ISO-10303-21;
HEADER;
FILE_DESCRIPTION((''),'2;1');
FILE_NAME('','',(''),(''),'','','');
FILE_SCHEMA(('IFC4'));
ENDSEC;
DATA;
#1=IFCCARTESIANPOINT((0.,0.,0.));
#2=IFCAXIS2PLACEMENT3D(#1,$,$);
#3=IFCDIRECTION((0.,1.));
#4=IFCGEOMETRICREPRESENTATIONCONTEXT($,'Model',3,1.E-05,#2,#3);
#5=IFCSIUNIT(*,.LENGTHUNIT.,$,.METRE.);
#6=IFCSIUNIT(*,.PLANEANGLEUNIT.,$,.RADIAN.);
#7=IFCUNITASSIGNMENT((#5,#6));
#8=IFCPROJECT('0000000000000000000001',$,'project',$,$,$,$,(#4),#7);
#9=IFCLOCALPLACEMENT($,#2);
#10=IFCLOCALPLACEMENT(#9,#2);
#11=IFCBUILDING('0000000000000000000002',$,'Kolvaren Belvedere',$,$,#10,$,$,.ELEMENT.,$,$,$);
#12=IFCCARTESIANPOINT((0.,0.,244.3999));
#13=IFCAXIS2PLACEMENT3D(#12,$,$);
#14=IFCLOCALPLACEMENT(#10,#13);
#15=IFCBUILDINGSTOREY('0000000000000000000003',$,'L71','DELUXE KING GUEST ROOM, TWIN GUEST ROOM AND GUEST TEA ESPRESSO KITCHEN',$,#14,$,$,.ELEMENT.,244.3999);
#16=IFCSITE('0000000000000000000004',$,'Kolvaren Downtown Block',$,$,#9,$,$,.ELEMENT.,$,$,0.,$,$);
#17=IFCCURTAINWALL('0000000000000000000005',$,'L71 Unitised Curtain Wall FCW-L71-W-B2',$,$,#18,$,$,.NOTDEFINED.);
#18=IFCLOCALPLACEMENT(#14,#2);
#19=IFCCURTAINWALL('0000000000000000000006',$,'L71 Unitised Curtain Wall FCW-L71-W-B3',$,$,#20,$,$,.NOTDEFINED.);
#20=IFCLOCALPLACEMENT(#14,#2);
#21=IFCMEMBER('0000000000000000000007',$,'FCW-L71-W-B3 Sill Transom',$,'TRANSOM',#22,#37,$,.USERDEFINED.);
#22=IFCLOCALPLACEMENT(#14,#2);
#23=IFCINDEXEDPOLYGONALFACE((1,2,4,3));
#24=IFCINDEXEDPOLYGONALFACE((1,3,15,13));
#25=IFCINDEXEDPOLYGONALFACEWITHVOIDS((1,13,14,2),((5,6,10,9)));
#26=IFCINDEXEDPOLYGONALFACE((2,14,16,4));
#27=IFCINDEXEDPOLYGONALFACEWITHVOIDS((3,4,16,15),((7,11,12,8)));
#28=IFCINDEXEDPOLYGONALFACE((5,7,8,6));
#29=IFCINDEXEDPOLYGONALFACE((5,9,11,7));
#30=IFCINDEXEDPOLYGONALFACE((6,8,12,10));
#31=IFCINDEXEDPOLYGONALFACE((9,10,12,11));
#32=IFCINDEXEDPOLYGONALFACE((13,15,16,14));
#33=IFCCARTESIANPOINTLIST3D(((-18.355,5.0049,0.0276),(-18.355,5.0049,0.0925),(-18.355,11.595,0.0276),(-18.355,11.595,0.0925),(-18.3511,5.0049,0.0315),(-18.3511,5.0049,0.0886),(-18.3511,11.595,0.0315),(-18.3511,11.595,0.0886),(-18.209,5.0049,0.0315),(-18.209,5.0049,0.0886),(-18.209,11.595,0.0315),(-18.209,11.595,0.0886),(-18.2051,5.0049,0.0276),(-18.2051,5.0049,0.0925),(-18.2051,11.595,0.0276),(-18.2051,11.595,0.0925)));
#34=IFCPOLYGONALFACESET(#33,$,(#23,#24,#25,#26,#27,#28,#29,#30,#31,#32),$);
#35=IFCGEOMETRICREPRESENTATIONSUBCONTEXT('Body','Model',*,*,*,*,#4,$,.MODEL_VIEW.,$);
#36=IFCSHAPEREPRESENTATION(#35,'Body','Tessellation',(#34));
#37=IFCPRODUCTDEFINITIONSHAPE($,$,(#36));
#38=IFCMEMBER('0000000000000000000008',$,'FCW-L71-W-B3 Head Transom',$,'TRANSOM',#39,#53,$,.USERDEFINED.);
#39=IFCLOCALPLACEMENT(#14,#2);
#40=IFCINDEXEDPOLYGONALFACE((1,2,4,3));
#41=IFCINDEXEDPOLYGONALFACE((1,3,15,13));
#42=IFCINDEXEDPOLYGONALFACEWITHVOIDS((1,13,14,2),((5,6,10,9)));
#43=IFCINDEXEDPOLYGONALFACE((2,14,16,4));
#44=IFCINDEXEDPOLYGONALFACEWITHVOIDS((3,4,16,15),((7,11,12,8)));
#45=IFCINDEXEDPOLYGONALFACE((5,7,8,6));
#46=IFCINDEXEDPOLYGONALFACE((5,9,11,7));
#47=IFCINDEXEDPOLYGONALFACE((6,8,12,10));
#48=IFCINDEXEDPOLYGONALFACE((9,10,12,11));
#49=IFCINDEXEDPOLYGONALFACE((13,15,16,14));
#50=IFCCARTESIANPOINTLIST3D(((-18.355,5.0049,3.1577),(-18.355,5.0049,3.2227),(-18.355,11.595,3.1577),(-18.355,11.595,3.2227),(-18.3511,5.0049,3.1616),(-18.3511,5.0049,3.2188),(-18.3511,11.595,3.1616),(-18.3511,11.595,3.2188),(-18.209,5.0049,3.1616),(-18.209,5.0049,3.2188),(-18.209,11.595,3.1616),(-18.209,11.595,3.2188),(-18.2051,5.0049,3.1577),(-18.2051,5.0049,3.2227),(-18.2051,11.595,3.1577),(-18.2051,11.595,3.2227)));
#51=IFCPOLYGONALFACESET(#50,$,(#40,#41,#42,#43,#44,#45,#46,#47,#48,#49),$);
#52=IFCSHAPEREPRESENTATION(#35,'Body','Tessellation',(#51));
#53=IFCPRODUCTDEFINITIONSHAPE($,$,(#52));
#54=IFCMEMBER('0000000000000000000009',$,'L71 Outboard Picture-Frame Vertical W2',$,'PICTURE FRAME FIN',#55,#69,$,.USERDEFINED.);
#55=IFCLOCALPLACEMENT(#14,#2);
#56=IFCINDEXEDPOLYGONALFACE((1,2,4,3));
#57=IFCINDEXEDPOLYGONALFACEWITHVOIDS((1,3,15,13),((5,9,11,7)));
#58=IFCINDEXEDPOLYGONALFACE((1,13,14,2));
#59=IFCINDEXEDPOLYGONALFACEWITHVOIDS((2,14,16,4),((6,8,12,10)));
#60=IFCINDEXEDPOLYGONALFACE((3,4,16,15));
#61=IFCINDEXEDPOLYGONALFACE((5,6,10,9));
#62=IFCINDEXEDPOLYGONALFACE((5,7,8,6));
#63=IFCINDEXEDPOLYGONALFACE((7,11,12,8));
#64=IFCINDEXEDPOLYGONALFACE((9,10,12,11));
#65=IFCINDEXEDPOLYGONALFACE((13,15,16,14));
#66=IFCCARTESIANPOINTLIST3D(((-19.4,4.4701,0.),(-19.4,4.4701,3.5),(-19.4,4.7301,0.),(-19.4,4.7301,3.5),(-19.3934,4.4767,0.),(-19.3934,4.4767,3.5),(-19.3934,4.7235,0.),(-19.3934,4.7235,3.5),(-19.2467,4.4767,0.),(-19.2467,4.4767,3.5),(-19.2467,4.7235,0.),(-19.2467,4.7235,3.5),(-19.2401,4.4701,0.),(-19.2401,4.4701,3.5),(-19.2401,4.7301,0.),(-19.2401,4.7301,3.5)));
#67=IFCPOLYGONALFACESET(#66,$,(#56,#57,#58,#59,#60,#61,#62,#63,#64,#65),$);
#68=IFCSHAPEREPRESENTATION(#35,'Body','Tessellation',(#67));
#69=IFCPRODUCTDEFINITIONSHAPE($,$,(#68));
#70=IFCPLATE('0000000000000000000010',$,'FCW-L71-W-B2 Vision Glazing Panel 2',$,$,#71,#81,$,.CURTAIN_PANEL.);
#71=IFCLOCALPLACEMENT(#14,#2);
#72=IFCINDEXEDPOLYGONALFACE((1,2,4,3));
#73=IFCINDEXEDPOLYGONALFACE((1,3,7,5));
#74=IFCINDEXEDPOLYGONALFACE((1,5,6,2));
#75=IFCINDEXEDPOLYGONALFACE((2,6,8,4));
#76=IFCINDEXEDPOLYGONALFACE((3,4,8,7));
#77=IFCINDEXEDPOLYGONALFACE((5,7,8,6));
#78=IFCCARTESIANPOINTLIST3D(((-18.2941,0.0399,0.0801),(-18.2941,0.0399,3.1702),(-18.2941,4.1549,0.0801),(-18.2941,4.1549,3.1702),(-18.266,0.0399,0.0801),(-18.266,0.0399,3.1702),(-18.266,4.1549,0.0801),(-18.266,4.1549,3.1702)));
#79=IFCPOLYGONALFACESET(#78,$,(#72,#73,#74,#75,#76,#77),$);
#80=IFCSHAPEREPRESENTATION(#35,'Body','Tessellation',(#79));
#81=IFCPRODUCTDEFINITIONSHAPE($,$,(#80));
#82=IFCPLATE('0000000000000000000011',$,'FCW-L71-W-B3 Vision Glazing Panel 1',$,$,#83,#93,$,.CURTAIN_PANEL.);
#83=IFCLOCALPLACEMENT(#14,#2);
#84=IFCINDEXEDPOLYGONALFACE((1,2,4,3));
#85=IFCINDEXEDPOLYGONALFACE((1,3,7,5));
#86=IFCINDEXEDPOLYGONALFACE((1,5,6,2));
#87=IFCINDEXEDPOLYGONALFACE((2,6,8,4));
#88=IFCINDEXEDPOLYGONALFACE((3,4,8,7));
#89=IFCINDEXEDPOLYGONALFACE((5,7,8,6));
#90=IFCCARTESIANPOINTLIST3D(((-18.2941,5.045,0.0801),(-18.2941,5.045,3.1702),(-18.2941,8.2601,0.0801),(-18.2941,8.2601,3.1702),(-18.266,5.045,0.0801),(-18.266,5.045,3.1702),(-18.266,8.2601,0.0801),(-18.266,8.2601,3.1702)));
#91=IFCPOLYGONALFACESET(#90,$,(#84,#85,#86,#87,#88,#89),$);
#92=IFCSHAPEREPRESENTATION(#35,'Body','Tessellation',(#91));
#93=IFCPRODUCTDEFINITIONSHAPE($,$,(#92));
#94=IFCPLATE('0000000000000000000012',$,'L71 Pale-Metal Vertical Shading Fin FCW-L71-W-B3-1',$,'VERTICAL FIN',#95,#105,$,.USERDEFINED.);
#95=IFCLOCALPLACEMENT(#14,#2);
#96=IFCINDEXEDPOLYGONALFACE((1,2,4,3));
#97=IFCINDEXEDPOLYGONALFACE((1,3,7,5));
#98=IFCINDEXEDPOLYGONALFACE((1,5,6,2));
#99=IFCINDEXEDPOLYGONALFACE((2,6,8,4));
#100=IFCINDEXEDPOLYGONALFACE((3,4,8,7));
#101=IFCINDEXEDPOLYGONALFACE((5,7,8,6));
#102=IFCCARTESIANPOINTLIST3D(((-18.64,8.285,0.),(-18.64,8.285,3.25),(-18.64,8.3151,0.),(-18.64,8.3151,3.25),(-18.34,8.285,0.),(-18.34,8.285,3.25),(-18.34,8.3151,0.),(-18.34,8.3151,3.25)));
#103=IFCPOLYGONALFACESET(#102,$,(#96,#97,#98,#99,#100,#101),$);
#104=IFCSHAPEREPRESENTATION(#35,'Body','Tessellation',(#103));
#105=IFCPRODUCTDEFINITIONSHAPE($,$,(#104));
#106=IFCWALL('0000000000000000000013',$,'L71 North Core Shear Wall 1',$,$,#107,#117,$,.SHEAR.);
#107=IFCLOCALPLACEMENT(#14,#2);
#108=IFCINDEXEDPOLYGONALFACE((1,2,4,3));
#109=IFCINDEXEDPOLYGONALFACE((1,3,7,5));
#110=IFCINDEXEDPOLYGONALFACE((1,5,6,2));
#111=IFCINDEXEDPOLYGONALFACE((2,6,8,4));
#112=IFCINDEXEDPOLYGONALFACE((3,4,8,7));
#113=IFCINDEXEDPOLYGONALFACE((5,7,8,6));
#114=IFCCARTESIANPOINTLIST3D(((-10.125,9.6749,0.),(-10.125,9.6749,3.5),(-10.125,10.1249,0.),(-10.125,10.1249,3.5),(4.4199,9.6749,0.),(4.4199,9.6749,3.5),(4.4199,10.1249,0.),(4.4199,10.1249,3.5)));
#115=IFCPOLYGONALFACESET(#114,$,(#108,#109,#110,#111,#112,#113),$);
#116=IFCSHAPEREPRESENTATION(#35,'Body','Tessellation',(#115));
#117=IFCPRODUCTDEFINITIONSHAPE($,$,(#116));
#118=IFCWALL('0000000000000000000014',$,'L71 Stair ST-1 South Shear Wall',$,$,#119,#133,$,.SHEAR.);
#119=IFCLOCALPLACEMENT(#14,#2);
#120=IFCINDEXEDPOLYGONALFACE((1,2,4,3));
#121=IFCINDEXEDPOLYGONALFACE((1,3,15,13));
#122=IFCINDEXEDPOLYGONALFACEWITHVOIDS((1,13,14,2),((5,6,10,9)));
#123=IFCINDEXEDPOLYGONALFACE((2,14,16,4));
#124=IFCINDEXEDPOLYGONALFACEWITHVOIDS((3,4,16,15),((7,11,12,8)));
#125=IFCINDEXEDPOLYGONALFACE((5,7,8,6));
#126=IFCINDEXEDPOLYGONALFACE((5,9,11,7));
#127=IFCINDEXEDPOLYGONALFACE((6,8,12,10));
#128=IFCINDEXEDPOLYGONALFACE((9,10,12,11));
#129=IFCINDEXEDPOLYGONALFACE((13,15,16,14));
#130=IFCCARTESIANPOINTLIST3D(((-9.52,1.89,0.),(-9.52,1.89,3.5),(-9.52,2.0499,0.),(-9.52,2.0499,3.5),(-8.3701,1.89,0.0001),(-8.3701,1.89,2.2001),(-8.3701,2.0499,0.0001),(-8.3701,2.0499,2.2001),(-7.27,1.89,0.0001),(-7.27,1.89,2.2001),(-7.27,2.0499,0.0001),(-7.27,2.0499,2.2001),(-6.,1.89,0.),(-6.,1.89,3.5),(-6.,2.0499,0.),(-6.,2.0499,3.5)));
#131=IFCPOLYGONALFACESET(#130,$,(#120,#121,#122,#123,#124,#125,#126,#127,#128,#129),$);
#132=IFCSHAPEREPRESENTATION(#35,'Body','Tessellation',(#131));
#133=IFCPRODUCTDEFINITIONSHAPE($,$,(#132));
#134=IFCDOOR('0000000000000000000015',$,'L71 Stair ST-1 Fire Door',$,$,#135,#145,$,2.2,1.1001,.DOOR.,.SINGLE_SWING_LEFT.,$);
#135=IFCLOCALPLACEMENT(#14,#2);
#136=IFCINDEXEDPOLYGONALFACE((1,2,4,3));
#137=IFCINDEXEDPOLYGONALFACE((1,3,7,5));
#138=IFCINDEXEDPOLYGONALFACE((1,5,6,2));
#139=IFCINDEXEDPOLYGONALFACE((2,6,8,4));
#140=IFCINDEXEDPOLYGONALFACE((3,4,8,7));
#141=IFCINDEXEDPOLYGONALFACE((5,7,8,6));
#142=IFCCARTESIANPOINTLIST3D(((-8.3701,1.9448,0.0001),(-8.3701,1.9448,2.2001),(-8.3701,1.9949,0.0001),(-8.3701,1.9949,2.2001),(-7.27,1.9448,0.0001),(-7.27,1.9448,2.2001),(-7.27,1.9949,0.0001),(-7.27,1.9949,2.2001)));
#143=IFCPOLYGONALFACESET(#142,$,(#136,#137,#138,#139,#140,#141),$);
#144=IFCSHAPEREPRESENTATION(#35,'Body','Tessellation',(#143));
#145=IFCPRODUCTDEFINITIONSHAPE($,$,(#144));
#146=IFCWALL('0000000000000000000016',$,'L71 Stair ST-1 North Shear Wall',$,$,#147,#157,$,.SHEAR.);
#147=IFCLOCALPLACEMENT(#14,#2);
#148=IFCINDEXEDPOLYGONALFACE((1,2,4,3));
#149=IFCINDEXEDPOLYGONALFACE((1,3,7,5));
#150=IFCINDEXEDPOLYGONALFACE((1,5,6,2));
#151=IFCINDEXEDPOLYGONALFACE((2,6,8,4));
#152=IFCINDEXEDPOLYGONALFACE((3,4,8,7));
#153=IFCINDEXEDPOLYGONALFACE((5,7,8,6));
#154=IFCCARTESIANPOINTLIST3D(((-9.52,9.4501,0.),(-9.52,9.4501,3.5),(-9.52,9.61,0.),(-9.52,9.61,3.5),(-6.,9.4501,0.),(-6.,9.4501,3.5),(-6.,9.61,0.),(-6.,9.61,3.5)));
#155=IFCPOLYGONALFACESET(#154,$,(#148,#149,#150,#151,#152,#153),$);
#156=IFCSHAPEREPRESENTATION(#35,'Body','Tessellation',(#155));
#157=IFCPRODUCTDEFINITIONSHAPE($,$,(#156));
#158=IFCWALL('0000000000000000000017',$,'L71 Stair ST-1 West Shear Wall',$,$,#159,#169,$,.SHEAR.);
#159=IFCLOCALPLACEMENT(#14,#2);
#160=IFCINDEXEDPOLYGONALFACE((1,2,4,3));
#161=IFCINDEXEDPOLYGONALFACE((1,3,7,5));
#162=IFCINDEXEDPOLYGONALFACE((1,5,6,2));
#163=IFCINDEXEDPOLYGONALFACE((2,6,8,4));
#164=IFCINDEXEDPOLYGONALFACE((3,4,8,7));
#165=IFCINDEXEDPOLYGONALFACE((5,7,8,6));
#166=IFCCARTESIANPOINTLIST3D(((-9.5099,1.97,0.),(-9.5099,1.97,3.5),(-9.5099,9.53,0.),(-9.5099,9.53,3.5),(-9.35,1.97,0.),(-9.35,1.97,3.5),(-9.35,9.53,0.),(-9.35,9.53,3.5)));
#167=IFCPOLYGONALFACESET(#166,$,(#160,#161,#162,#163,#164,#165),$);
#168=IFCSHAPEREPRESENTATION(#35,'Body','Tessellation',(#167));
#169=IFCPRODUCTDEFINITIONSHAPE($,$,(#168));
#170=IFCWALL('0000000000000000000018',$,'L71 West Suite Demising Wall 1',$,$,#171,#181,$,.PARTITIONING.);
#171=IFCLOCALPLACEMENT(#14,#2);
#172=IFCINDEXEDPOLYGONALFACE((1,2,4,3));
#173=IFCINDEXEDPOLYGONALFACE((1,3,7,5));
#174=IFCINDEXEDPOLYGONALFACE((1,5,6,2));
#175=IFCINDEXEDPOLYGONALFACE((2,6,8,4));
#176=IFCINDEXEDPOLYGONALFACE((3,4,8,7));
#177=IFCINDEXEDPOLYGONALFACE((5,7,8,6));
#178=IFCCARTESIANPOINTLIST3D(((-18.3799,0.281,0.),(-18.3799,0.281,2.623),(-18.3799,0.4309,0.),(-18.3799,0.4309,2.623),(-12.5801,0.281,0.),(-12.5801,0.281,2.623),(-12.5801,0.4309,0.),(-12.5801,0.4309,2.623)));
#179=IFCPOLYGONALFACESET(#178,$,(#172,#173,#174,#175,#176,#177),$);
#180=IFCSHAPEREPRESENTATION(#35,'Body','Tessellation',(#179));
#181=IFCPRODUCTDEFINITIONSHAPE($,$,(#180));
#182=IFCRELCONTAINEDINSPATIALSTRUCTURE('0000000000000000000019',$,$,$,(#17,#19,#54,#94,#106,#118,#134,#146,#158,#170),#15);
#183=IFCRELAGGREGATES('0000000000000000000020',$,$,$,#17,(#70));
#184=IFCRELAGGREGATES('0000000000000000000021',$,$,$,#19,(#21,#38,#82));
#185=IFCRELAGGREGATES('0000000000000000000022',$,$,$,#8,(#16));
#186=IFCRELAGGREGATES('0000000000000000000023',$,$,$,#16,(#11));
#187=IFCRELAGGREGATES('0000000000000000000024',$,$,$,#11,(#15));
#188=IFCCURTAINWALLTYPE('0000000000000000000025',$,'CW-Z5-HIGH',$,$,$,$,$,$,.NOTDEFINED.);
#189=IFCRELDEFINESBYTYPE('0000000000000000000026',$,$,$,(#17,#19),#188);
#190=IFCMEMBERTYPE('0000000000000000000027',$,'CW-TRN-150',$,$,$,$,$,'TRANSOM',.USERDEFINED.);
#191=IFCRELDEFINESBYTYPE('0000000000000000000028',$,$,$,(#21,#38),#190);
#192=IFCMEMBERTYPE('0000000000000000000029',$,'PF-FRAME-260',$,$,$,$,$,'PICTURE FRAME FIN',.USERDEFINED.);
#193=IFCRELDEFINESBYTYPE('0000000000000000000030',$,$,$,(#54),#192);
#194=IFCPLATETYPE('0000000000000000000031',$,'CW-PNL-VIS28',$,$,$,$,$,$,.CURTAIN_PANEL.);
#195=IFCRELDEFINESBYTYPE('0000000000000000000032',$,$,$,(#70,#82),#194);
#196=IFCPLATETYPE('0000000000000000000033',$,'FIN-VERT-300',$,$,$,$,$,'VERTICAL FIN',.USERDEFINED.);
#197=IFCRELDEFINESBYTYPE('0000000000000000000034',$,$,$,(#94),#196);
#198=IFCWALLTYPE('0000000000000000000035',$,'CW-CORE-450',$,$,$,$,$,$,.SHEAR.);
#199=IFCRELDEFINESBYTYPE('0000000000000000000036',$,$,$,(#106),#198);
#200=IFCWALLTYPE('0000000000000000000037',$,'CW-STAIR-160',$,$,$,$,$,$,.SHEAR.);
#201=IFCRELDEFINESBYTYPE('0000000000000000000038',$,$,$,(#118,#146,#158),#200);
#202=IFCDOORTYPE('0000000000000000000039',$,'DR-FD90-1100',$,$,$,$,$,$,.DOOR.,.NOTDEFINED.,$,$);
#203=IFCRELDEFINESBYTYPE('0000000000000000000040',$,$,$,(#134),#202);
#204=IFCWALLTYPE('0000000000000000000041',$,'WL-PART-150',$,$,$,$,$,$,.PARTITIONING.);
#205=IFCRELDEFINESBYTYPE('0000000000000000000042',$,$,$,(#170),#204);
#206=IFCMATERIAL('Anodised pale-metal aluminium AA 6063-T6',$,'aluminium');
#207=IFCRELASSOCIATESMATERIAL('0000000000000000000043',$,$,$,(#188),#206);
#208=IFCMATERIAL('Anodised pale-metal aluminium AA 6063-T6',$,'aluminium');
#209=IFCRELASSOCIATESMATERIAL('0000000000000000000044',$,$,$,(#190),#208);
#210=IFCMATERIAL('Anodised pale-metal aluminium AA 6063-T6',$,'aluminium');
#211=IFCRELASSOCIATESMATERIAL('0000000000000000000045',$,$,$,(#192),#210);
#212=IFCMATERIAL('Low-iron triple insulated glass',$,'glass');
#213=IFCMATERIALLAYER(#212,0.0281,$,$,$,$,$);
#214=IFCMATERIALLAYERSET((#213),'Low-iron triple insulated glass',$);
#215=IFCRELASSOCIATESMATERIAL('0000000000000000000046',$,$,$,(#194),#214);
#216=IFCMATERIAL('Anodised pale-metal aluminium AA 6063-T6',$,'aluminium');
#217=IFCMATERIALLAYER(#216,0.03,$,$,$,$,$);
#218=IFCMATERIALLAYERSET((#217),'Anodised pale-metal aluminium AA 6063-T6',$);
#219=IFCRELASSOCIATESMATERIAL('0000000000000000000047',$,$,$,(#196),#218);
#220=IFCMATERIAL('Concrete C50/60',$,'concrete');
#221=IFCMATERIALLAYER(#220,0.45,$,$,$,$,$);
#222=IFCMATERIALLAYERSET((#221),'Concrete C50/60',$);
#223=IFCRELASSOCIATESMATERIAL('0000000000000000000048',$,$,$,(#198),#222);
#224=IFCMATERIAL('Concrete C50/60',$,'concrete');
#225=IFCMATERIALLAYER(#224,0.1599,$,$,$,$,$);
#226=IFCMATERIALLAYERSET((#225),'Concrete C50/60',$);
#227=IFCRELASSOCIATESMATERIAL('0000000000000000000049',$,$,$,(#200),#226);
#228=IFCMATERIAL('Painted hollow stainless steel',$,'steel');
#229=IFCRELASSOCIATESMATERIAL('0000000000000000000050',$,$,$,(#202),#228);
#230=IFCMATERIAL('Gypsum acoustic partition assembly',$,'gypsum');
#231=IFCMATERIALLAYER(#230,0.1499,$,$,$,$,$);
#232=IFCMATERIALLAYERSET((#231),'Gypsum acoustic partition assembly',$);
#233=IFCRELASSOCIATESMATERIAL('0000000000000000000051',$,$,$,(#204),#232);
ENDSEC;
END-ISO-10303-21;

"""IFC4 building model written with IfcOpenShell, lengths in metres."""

from ifc_helpers import new_model, si_unit, direction, frame, frame_2d, origin, origin_2d, place, context, subcontext, project, spatial, rectangle, hollow_rectangle, extrude, material, layer, layer_set, material_profile, profile_set, type_object, element, fill, aggregate, save


model = new_model("IFC4")

# Units and contexts
model_context = context("Model", 3, precision=1e-05, world=origin(), true_north=direction((0.0, 1.0)))
body_context = subcontext(model_context, "Body", "Model", "MODEL_VIEW")
ifc_project = project(units=[si_unit("LENGTHUNIT", "METRE"), si_unit("PLANEANGLEUNIT", "RADIAN")], contexts=[model_context])

# Site, building, storey
site_placement = place(None, origin())
site = spatial("IfcSite", under=ifc_project, at=site_placement, Name="Kolvaren Downtown Block", CompositionType="ELEMENT", RefElevation=0.0)
building_placement = place(site_placement, origin())
building = spatial("IfcBuilding", under=site, at=building_placement, Name="Kolvaren Belvedere", CompositionType="ELEMENT")
storey_placement = place(building_placement, frame((0.0, 0.0, 244.3999)))
storey = spatial("IfcBuildingStorey", under=building, at=storey_placement, Name="L71", Description="DELUXE KING GUEST ROOM, TWIN GUEST ROOM AND GUEST TEA ESPRESSO KITCHEN", CompositionType="ELEMENT", Elevation=244.3999)

# Curtain wall
ifc_material_1 = material(Name="Anodised pale-metal aluminium AA 6063-T6", Category="aluminium")
curtain_wall_type = type_object("IfcCurtainWallType", Name="CW-Z5-HIGH", PredefinedType="NOTDEFINED", material=ifc_material_1)
curtain_wall_1_placement = place(storey_placement, origin())
curtain_wall_1 = element("IfcCurtainWall", 1, at=curtain_wall_1_placement, inside=storey, type_object=curtain_wall_type, Name="L71 Unitised Curtain Wall FCW-L71-W-B2", PredefinedType="NOTDEFINED")

# Curtain wall, members
curtain_wall_2_placement = place(storey_placement, origin())
curtain_wall_2 = element("IfcCurtainWall", 2, at=curtain_wall_2_placement, inside=storey, type_object=curtain_wall_type, Name="L71 Unitised Curtain Wall FCW-L71-W-B3", PredefinedType="NOTDEFINED")
ifc_material_2 = material(Name="Anodised pale-metal aluminium AA 6063-T6", Category="aluminium")
ifc_material_profile_1 = material_profile(ifc_material_2, hollow_rectangle(XDim=0.0649, YDim=0.1499, WallThickness=0.0039, at=origin_2d()), Name="ALU-TRN-150X65")
ifc_profile_set_1 = profile_set([ifc_material_profile_1], Name="Anodised pale-metal aluminium AA 6063-T6")
member_type_1 = type_object("IfcMemberType", Name="CW-TRN-150", ElementType="TRANSOM", PredefinedType="USERDEFINED", material=ifc_profile_set_1)
member_1_placement = place(storey_placement, frame((-18.28, 5.0049, 0.0601), z_axis=(0.0, 1.0, 0.0), x_axis=(0.0, 0.0, 1.0)))
member_1 = element("IfcMember", 3, at=member_1_placement, type_object=member_type_1, Name="FCW-L71-W-B3 Sill Transom", ObjectType="TRANSOM", PredefinedType="USERDEFINED", context=body_context, shape_type="SweptSolid", body=[
    extrude(hollow_rectangle(XDim=0.0649, YDim=0.1499, WallThickness=0.0039, at=origin_2d()), origin(), (0.0, 0.0, 1.0), 6.5901),
])
member_2_placement = place(storey_placement, frame((-18.28, 5.0049, 3.1902), z_axis=(0.0, 1.0, 0.0), x_axis=(0.0, 0.0, 1.0)))
member_2 = element("IfcMember", 4, at=member_2_placement, type_object=member_type_1, Name="FCW-L71-W-B3 Head Transom", ObjectType="TRANSOM", PredefinedType="USERDEFINED", context=body_context, shape_type="SweptSolid", body=[
    extrude(hollow_rectangle(XDim=0.0649, YDim=0.1499, WallThickness=0.0039, at=origin_2d()), origin(), (0.0, 0.0, 1.0), 6.5901),
])

# Member
ifc_material_3 = material(Name="Anodised pale-metal aluminium AA 6063-T6", Category="aluminium")
ifc_material_profile_2 = material_profile(ifc_material_3, hollow_rectangle(XDim=0.1599, YDim=0.26, WallThickness=0.0066, at=origin_2d()), Name="ALU-PF-260X160")
ifc_profile_set_2 = profile_set([ifc_material_profile_2], Name="Anodised pale-metal aluminium AA 6063-T6")
member_type_2 = type_object("IfcMemberType", Name="PF-FRAME-260", ElementType="PICTURE FRAME FIN", PredefinedType="USERDEFINED", material=ifc_profile_set_2)
member_3_placement = place(storey_placement, frame((-19.3201, 4.6001, 0.0), z_axis=(0.0, 0.0, 1.0), x_axis=(1.0, 0.0, 0.0)))
element("IfcMember", 5, at=member_3_placement, inside=storey, type_object=member_type_2, Name="L71 Outboard Picture-Frame Vertical W2", ObjectType="PICTURE FRAME FIN", PredefinedType="USERDEFINED", context=body_context, shape_type="SweptSolid", body=[
    extrude(hollow_rectangle(XDim=0.1599, YDim=0.26, WallThickness=0.0066, at=origin_2d()), origin(), (0.0, 0.0, 1.0), 3.5),
])

# Plates
ifc_material_4 = material(Name="Low-iron triple insulated glass", Category="glass")
ifc_layer_1 = layer(ifc_material_4, 0.0281)
ifc_layer_set_1 = layer_set([ifc_layer_1], Name="Low-iron triple insulated glass")
plate_type_1 = type_object("IfcPlateType", Name="CW-PNL-VIS28", PredefinedType="CURTAIN_PANEL", material=ifc_layer_set_1)
plate_1_placement = place(storey_placement, frame((-18.28, 2.0974, 0.0801), z_axis=(0.0, 0.0, 1.0), x_axis=(0.0, 1.0, 0.0)))
plate_1 = element("IfcPlate", 6, at=plate_1_placement, type_object=plate_type_1, Name="FCW-L71-W-B2 Vision Glazing Panel 2", PredefinedType="CURTAIN_PANEL", context=body_context, shape_type="SweptSolid", body=[
    extrude(rectangle(XDim=4.115, YDim=0.0281, at=origin_2d()), origin(), (0.0, 0.0, 1.0), 3.0901),
])
aggregate(curtain_wall_1, [plate_1])
plate_2_placement = place(storey_placement, frame((-18.28, 6.6526, 0.0801), z_axis=(0.0, 0.0, 1.0), x_axis=(0.0, 1.0, 0.0)))
plate_2 = element("IfcPlate", 7, at=plate_2_placement, type_object=plate_type_1, Name="FCW-L71-W-B3 Vision Glazing Panel 1", PredefinedType="CURTAIN_PANEL", context=body_context, shape_type="SweptSolid", body=[
    extrude(rectangle(XDim=3.2151, YDim=0.0281, at=origin_2d()), origin(), (0.0, 0.0, 1.0), 3.0901),
])
aggregate(curtain_wall_2, [member_1, member_2, plate_2])
ifc_material_5 = material(Name="Anodised pale-metal aluminium AA 6063-T6", Category="aluminium")
ifc_layer_2 = layer(ifc_material_5, 0.03)
ifc_layer_set_2 = layer_set([ifc_layer_2], Name="Anodised pale-metal aluminium AA 6063-T6")
plate_type_2 = type_object("IfcPlateType", Name="FIN-VERT-300", ElementType="VERTICAL FIN", PredefinedType="USERDEFINED", material=ifc_layer_set_2)
plate_3_placement = place(storey_placement, frame((-18.49, 8.3, 0.0), z_axis=(0.0, 0.0, 1.0), x_axis=(1.0, 0.0, 0.0)))
element("IfcPlate", 8, at=plate_3_placement, inside=storey, type_object=plate_type_2, Name="L71 Pale-Metal Vertical Shading Fin FCW-L71-W-B3-1", ObjectType="VERTICAL FIN", PredefinedType="USERDEFINED", context=body_context, shape_type="SweptSolid", body=[
    extrude(rectangle(XDim=0.3, YDim=0.03, at=origin_2d()), origin(), (0.0, 0.0, 1.0), 3.25),
])

# Wall
ifc_material_6 = material(Name="Concrete C50/60", Category="concrete")
ifc_layer_3 = layer(ifc_material_6, 0.45)
ifc_layer_set_3 = layer_set([ifc_layer_3], Name="Concrete C50/60")
wall_type_1 = type_object("IfcWallType", Name="CW-CORE-450", PredefinedType="SHEAR", material=ifc_layer_set_3)
wall_1_placement = place(storey_placement, frame((-10.125, 9.8999, 0.0), z_axis=(0.0, 0.0, 1.0), x_axis=(1.0, 0.0, 0.0)))
element("IfcWall", 9, at=wall_1_placement, inside=storey, type_object=wall_type_1, Name="L71 North Core Shear Wall 1", PredefinedType="SHEAR", context=body_context, shape_type="SweptSolid", body=[
    extrude(rectangle(XDim=14.5449, YDim=0.45, at=frame_2d((7.2725, 0.0))), origin(), (0.0, 0.0, 1.0), 3.5),
])

# Wall, opening, door
ifc_material_7 = material(Name="Concrete C50/60", Category="concrete")
ifc_layer_4 = layer(ifc_material_7, 0.1599)
ifc_layer_set_4 = layer_set([ifc_layer_4], Name="Concrete C50/60")
wall_type_2 = type_object("IfcWallType", Name="CW-STAIR-160", PredefinedType="SHEAR", material=ifc_layer_set_4)
wall_2_placement = place(storey_placement, frame((-9.52, 1.97, 0.0), z_axis=(0.0, 0.0, 1.0), x_axis=(1.0, 0.0, 0.0)))
wall_2 = element("IfcWall", 10, at=wall_2_placement, inside=storey, type_object=wall_type_2, Name="L71 Stair ST-1 South Shear Wall", PredefinedType="SHEAR", context=body_context, shape_type="SweptSolid", body=[
    extrude(rectangle(XDim=3.52, YDim=0.1599, at=frame_2d((1.76, 0.0))), origin(), (0.0, 0.0, 1.0), 3.5),
])
opening_1_placement = place(wall_2_placement, frame((1.1499, 0.0, 0.0)))
opening_1 = element("IfcOpeningElement", 11, at=opening_1_placement, cuts=wall_2, PredefinedType="OPENING", context=body_context, shape_type="SweptSolid", body=[
    extrude(rectangle(XDim=1.1001, YDim=2.2, at=frame_2d((0.55, 1.1001))), frame((0.0, 0.0898, 0.0), z_axis=(0.0, -1.0, 0.0), x_axis=(1.0, 0.0, 0.0)), (0.0, 0.0, 1.0), 0.1799),
])
ifc_material_8 = material(Name="Painted hollow stainless steel", Category="steel")
door_type_1 = type_object("IfcDoorType", Name="DR-FD90-1100", OperationType="NOTDEFINED", PredefinedType="DOOR", material=ifc_material_8)
door_1_placement = place(opening_1_placement, origin())
door_1 = element("IfcDoor", 12, at=door_1_placement, inside=storey, type_object=door_type_1, Name="L71 Stair ST-1 Fire Door", OperationType="SINGLE_SWING_LEFT", OverallHeight=2.2, OverallWidth=1.1001, PredefinedType="DOOR", context=body_context, shape_type="SweptSolid", body=[
    extrude(rectangle(XDim=1.1001, YDim=2.2, at=frame_2d((0.55, 1.1001))), frame((0.0, 0.0249, 0.0), z_axis=(0.0, -1.0, 0.0), x_axis=(1.0, 0.0, 0.0)), (0.0, 0.0, 1.0), 0.05),
])
fill(opening_1, door_1)

# Walls
wall_3_placement = place(storey_placement, frame((-9.52, 9.53, 0.0), z_axis=(0.0, 0.0, 1.0), x_axis=(1.0, 0.0, 0.0)))
element("IfcWall", 13, at=wall_3_placement, inside=storey, type_object=wall_type_2, Name="L71 Stair ST-1 North Shear Wall", PredefinedType="SHEAR", context=body_context, shape_type="SweptSolid", body=[
    extrude(rectangle(XDim=3.52, YDim=0.1599, at=frame_2d((1.76, 0.0))), origin(), (0.0, 0.0, 1.0), 3.5),
])
wall_4_placement = place(storey_placement, frame((-9.4299, 1.97, 0.0), z_axis=(0.0, 0.0, 1.0), x_axis=(0.0, 1.0, 0.0)))
element("IfcWall", 14, at=wall_4_placement, inside=storey, type_object=wall_type_2, Name="L71 Stair ST-1 West Shear Wall", PredefinedType="SHEAR", context=body_context, shape_type="SweptSolid", body=[
    extrude(rectangle(XDim=7.5601, YDim=0.1599, at=frame_2d((3.78, 0.0))), origin(), (0.0, 0.0, 1.0), 3.5),
])
ifc_material_9 = material(Name="Gypsum acoustic partition assembly", Category="gypsum")
ifc_layer_5 = layer(ifc_material_9, 0.1499)
ifc_layer_set_5 = layer_set([ifc_layer_5], Name="Gypsum acoustic partition assembly")
wall_type_3 = type_object("IfcWallType", Name="WL-PART-150", PredefinedType="PARTITIONING", material=ifc_layer_set_5)
wall_5_placement = place(storey_placement, frame((-18.3799, 0.356, 0.0), z_axis=(0.0, 0.0, 1.0), x_axis=(1.0, 0.0, 0.0)))
element("IfcWall", 15, at=wall_5_placement, inside=storey, type_object=wall_type_3, Name="L71 West Suite Demising Wall 1", PredefinedType="PARTITIONING", context=body_context, shape_type="SweptSolid", body=[
    extrude(rectangle(XDim=5.7998, YDim=0.1499, at=frame_2d((2.8999, 0.0))), origin(), (0.0, 0.0, 1.0), 2.623),
])

save(model, "model.ifc")
